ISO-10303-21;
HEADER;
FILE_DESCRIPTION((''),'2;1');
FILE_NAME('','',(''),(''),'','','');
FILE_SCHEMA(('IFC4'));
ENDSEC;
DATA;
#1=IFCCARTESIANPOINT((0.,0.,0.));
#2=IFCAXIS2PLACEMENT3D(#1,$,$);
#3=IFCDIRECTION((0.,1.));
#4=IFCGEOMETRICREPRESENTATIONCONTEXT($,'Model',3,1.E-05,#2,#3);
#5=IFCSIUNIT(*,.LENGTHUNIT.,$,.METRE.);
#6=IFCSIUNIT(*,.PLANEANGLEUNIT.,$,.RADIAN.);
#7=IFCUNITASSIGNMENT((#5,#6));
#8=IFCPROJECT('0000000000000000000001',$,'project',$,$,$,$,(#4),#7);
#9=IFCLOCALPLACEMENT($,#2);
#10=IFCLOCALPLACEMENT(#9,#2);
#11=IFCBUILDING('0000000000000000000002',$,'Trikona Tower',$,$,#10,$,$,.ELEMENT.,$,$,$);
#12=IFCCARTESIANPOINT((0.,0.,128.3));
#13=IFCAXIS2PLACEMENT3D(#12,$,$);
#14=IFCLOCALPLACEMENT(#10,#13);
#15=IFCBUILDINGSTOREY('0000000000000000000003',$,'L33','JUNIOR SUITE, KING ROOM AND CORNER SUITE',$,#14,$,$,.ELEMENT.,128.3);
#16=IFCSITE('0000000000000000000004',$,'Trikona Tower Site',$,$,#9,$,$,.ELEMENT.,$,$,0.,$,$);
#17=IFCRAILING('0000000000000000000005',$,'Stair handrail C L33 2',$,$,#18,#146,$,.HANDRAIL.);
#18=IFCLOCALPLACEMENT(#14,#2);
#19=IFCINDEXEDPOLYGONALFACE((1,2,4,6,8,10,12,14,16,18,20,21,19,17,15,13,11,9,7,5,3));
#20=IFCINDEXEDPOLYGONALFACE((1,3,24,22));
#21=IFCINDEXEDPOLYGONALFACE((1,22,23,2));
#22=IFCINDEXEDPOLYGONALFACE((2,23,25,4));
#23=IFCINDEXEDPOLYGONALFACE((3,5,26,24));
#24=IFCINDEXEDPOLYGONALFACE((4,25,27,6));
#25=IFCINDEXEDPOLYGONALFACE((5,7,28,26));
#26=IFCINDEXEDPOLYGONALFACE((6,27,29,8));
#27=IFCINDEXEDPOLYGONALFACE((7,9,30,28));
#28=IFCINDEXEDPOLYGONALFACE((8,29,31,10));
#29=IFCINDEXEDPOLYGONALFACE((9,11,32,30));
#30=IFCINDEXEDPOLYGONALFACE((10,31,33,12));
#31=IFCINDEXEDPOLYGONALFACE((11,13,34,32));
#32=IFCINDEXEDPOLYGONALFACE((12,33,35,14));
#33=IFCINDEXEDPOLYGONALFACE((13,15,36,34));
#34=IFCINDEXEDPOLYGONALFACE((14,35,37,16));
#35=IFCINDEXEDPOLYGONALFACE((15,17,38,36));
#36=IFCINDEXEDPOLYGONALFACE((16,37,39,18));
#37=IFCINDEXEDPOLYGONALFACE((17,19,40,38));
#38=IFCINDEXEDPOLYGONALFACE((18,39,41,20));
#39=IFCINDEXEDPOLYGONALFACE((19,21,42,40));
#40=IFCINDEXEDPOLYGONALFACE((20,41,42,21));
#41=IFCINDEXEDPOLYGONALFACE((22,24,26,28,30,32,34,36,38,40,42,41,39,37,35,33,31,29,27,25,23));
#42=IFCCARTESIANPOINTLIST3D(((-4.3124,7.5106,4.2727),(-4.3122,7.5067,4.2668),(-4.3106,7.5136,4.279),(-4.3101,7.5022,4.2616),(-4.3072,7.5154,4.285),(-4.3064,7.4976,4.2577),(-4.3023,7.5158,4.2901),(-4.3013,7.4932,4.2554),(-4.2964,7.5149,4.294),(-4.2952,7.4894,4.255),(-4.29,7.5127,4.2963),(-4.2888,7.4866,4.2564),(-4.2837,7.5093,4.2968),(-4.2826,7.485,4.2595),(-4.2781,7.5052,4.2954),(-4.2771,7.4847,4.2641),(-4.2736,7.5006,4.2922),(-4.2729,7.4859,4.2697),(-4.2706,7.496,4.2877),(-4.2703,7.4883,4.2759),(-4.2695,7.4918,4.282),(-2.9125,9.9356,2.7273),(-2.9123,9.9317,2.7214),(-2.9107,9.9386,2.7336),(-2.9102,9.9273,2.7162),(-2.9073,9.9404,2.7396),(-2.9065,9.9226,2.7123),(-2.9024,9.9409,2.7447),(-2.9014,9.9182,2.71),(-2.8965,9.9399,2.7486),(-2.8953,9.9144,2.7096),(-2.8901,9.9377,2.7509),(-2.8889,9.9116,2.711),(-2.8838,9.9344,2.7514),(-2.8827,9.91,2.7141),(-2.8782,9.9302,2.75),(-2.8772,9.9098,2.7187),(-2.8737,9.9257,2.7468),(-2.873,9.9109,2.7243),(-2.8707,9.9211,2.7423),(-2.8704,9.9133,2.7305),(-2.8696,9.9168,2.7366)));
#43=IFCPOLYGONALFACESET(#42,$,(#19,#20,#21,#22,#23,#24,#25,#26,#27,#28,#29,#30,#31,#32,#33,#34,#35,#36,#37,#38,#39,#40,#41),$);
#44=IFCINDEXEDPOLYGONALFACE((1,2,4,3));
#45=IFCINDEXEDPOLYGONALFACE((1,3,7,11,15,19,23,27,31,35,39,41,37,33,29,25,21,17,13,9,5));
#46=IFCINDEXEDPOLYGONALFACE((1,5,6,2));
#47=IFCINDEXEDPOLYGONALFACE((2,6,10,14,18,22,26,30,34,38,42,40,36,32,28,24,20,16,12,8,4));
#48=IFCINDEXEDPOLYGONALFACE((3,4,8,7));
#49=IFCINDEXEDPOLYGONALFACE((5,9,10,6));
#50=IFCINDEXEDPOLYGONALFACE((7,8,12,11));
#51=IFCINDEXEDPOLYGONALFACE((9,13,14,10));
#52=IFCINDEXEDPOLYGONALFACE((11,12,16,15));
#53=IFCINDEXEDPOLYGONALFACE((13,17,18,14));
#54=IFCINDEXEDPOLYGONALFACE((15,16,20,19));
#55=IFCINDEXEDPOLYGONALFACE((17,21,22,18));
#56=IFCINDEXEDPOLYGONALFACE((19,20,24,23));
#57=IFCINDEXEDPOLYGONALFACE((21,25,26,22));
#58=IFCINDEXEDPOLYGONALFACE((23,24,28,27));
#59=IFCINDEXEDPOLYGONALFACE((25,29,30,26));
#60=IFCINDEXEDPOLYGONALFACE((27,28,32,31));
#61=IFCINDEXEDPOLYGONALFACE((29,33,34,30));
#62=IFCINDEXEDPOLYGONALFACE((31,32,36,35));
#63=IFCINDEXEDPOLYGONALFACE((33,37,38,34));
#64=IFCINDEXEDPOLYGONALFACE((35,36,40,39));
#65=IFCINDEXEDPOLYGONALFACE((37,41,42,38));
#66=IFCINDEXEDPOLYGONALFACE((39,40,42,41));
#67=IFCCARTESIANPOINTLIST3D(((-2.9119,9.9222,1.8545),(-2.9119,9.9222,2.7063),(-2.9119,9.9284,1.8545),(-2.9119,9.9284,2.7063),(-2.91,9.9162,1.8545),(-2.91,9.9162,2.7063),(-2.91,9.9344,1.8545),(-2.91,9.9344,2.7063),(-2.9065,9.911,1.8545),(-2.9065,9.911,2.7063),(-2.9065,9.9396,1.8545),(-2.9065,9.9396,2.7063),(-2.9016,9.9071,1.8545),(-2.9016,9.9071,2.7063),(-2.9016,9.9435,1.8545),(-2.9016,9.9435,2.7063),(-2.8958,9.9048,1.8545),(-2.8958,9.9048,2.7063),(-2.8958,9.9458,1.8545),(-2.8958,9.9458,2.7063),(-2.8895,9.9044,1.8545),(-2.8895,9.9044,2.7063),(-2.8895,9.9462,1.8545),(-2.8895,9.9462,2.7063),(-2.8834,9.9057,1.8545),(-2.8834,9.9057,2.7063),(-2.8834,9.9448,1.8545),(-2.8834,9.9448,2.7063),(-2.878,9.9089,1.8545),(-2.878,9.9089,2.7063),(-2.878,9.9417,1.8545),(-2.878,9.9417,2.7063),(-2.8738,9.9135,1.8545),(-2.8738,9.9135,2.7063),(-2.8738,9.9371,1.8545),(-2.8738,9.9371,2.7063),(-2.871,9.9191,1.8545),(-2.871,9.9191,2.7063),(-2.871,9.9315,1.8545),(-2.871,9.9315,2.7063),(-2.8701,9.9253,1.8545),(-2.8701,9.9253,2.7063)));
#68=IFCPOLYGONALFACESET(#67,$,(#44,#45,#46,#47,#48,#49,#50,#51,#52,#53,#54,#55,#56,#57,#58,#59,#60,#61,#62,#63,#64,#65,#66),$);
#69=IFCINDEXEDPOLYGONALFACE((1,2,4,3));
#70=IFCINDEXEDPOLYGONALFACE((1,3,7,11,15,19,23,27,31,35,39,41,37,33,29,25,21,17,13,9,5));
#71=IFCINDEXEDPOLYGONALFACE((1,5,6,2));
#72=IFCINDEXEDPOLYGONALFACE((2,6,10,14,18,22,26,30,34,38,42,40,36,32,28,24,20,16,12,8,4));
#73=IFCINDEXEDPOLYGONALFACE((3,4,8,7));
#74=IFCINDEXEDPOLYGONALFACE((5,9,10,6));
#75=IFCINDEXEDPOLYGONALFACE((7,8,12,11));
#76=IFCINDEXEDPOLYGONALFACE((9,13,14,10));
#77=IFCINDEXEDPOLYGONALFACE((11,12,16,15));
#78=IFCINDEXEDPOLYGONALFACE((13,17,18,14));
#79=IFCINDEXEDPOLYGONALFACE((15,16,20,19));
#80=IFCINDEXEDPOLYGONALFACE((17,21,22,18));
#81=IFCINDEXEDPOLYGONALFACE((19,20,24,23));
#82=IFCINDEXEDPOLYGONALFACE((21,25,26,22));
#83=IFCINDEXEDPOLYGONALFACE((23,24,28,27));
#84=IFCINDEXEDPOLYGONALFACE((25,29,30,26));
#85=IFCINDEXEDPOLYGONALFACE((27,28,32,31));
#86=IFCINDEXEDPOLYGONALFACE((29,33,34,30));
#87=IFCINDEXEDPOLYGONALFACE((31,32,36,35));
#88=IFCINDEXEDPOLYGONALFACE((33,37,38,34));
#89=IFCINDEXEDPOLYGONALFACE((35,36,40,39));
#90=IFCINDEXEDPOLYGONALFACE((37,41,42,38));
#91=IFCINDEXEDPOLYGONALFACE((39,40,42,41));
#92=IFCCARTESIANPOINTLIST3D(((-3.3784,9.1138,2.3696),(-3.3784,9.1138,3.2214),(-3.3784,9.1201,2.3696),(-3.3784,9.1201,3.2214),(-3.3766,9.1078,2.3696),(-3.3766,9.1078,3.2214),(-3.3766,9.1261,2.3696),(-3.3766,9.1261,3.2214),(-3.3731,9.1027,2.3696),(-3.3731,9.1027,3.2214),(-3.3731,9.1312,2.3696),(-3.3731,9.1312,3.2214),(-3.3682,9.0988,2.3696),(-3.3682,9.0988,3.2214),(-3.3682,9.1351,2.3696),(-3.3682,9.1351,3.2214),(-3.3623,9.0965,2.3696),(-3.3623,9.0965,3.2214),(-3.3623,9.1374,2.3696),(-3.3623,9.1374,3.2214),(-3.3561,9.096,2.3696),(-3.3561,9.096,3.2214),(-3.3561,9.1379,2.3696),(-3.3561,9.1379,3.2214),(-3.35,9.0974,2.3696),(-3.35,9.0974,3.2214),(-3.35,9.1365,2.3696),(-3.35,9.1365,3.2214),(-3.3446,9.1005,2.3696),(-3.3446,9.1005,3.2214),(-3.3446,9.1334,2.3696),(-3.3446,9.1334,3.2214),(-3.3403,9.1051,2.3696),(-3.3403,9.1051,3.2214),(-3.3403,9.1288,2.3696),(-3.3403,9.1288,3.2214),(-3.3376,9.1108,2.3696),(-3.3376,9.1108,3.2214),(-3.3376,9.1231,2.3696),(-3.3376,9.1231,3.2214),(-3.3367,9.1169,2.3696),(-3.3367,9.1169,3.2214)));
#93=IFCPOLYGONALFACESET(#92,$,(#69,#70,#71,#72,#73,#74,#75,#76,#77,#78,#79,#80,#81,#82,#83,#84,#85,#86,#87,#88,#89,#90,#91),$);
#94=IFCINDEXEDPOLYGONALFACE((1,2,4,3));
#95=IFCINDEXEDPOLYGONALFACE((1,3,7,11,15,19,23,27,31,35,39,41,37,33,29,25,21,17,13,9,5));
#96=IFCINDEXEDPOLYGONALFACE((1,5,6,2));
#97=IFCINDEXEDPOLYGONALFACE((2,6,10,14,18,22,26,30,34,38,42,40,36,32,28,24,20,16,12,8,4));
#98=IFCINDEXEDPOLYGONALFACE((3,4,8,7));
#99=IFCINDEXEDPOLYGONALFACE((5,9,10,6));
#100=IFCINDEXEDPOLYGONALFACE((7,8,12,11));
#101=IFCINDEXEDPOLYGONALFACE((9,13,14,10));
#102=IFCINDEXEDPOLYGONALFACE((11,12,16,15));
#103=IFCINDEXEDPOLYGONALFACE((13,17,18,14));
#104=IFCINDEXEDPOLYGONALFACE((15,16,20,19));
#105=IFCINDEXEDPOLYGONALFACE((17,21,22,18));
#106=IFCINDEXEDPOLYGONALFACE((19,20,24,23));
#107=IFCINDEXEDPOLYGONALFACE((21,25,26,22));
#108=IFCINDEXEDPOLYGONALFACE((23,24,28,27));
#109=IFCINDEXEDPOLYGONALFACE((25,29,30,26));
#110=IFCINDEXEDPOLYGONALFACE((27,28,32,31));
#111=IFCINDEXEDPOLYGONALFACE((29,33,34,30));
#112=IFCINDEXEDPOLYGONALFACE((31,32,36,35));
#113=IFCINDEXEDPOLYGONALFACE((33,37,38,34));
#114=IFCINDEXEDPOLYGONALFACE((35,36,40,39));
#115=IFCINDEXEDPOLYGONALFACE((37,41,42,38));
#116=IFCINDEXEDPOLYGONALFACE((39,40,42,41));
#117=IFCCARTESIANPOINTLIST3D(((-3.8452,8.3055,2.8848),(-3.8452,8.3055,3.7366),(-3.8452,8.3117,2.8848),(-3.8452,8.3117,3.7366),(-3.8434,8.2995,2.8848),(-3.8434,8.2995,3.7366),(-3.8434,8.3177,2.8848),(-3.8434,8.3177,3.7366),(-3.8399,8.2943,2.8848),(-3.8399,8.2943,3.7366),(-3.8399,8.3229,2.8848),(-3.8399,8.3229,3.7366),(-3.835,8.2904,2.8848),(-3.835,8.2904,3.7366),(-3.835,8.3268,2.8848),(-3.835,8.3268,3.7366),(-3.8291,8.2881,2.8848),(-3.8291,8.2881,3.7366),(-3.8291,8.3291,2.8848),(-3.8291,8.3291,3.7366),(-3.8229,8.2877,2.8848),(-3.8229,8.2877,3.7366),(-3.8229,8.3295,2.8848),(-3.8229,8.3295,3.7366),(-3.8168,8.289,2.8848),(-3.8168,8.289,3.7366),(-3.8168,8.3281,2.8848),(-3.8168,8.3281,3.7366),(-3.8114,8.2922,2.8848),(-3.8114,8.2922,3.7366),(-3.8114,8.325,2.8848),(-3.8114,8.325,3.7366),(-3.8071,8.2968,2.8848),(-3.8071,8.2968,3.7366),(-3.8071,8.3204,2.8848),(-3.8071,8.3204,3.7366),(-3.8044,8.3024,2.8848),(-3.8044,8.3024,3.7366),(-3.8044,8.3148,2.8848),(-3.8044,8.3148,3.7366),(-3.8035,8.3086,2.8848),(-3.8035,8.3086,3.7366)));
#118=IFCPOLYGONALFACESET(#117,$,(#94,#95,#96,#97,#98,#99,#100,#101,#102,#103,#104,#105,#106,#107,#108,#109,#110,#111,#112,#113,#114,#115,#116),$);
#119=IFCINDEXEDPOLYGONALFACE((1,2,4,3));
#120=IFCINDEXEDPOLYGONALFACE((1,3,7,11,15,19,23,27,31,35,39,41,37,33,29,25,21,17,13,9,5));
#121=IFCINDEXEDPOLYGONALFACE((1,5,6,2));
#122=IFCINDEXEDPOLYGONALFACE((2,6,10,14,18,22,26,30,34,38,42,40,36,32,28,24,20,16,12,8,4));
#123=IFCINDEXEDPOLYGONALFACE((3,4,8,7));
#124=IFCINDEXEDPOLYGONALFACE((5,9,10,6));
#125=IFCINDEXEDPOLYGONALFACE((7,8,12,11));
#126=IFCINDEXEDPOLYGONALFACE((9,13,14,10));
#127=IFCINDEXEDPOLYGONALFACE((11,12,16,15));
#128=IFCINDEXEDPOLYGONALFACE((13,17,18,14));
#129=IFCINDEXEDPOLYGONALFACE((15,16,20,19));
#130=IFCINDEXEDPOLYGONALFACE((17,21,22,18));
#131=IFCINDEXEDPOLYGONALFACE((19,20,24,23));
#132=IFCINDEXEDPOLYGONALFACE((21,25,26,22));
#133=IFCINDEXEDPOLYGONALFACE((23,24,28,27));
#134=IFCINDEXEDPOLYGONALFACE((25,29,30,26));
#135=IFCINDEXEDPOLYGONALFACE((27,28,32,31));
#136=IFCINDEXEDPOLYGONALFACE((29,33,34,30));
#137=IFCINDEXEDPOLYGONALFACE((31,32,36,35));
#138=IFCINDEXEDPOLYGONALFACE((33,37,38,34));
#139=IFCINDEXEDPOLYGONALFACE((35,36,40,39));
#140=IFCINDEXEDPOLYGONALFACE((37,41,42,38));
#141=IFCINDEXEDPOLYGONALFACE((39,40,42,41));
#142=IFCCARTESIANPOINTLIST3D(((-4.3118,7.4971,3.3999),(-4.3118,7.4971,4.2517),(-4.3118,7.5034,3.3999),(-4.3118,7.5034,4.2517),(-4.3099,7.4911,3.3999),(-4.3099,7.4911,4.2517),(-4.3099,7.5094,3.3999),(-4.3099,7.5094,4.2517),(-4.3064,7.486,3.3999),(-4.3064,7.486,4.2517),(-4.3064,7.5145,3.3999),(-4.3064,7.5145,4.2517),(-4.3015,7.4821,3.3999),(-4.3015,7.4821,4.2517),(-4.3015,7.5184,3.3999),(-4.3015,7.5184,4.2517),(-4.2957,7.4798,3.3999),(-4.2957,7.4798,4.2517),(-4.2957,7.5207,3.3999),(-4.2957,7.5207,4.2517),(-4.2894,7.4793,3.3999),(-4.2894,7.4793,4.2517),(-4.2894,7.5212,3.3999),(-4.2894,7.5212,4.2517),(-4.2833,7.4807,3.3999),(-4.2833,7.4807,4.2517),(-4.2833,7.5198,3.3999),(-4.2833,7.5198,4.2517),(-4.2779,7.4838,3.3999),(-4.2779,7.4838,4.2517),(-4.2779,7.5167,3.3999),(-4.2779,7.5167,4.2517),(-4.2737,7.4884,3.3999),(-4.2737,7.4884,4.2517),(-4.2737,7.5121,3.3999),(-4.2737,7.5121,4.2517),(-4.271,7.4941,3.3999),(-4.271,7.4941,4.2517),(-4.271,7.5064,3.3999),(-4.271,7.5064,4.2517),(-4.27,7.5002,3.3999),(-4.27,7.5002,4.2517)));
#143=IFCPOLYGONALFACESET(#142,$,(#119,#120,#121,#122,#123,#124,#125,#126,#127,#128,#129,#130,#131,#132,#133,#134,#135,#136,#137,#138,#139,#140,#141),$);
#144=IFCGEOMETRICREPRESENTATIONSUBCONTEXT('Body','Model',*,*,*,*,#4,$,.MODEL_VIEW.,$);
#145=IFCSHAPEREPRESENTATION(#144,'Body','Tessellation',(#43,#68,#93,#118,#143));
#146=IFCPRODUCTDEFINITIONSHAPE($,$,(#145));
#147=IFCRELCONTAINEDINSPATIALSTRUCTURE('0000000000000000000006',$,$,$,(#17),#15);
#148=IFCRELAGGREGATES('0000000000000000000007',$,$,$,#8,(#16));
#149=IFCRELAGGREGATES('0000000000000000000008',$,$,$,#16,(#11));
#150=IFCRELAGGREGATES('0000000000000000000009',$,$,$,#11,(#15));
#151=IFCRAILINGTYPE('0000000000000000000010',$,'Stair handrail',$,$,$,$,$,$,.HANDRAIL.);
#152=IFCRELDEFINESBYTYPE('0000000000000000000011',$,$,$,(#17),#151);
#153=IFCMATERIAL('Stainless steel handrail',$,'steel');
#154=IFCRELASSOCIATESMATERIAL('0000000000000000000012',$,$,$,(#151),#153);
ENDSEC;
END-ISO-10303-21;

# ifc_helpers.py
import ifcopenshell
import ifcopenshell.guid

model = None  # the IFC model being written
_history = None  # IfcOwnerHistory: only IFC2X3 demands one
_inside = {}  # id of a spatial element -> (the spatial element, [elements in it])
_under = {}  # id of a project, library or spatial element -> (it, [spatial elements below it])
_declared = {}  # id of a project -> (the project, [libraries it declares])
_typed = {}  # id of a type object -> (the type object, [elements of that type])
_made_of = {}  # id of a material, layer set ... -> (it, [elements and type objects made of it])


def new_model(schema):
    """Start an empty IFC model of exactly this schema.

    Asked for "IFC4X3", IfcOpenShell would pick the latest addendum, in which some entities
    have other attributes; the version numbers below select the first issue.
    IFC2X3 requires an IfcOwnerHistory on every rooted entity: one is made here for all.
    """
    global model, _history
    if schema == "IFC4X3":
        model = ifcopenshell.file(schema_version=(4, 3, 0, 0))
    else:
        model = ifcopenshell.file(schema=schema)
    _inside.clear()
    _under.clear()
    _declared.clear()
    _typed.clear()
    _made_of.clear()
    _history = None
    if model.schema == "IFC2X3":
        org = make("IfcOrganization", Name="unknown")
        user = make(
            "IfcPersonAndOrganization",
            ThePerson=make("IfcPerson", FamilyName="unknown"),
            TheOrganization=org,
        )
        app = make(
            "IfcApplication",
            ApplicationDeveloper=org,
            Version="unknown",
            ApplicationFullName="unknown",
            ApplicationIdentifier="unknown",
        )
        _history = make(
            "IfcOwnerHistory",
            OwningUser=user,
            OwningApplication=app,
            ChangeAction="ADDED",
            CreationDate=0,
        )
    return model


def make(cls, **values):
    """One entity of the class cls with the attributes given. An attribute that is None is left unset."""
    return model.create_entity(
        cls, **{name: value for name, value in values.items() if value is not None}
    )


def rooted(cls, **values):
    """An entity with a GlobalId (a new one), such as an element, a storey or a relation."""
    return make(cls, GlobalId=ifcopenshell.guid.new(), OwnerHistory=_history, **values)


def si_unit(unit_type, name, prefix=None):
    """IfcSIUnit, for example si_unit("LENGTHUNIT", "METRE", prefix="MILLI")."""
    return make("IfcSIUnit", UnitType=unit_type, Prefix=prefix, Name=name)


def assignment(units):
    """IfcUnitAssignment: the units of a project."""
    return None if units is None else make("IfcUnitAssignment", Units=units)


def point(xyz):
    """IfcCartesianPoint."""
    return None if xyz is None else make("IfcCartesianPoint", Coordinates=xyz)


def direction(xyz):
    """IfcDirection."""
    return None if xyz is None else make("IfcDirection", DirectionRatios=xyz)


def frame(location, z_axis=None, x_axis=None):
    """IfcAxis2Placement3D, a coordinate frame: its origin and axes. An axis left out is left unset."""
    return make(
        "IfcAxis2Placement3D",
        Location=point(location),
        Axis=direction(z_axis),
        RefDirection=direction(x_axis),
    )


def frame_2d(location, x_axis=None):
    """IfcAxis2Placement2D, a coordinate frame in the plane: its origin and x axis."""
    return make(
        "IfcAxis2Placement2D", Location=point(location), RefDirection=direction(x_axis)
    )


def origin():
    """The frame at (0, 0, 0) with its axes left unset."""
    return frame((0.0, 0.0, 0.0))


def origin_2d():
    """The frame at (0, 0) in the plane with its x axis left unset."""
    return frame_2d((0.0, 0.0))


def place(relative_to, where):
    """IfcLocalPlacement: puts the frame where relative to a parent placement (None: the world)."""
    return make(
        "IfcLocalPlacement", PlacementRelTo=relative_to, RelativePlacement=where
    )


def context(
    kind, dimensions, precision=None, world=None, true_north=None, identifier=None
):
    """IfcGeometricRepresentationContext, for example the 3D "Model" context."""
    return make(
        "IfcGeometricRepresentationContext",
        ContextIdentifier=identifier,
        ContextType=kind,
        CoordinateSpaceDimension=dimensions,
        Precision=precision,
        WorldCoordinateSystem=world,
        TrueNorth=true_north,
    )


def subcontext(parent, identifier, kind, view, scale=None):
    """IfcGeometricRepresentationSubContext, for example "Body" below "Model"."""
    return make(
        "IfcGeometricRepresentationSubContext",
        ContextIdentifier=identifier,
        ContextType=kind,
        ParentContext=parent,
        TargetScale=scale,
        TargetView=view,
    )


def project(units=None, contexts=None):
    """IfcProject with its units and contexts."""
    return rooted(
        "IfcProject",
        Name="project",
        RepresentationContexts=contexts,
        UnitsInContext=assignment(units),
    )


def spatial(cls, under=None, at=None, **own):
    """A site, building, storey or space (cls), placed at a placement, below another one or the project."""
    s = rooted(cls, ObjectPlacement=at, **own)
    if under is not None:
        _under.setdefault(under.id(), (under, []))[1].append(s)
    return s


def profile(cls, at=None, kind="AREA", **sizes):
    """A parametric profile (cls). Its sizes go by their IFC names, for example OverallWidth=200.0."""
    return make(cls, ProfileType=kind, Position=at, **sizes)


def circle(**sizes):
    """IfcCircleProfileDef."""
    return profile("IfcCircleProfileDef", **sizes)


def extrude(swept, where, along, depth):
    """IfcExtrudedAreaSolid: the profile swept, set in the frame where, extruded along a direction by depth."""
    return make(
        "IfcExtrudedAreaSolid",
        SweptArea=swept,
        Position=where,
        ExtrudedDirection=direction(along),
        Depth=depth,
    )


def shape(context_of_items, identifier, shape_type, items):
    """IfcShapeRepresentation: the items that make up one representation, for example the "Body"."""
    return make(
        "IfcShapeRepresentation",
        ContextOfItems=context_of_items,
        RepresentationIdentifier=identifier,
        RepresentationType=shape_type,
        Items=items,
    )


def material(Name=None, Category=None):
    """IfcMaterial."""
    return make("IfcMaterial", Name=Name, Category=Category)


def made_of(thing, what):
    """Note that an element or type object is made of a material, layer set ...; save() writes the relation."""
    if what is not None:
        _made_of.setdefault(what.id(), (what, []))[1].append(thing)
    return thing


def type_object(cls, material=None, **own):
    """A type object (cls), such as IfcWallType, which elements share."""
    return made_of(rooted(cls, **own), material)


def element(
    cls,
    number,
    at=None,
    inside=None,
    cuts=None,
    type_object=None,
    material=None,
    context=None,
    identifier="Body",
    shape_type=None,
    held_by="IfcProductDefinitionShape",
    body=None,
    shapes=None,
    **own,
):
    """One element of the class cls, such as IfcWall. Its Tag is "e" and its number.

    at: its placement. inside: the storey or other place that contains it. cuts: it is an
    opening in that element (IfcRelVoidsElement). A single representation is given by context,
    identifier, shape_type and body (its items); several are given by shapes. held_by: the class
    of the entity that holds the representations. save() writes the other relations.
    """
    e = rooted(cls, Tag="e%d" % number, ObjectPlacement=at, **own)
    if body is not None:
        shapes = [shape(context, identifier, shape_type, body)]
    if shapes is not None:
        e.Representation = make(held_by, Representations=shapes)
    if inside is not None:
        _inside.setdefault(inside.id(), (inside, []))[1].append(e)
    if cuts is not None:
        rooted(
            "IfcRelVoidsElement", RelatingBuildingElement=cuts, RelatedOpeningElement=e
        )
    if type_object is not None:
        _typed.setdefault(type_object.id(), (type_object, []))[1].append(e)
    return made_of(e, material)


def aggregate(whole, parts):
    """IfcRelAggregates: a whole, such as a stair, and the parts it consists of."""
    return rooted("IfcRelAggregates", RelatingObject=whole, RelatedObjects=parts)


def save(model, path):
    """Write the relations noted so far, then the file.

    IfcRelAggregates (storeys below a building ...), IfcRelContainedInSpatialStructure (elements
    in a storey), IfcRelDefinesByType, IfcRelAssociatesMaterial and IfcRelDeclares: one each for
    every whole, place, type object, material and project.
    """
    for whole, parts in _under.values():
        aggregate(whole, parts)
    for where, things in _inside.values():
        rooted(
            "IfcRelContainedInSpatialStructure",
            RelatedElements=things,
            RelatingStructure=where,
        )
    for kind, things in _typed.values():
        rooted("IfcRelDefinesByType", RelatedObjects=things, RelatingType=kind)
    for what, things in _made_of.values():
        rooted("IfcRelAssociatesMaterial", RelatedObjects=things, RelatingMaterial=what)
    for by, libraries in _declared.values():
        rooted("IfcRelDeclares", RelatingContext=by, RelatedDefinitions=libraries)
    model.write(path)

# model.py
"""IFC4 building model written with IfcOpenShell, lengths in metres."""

from ifc_helpers import new_model, si_unit, direction, frame, origin, origin_2d, place, context, subcontext, project, spatial, circle, extrude, material, type_object, element, save


model = new_model("IFC4")

# Units and contexts
model_context = context("Model", 3, precision=1e-05, world=origin(), true_north=direction((0.0, 1.0)))
body_context = subcontext(model_context, "Body", "Model", "MODEL_VIEW")
ifc_project = project(units=[si_unit("LENGTHUNIT", "METRE"), si_unit("PLANEANGLEUNIT", "RADIAN")], contexts=[model_context])

# Site, building, storey
site_placement = place(None, origin())
site = spatial("IfcSite", under=ifc_project, at=site_placement, Name="Trikona Tower Site", CompositionType="ELEMENT", RefElevation=0.0)
building_placement = place(site_placement, origin())
building = spatial("IfcBuilding", under=site, at=building_placement, Name="Trikona Tower", CompositionType="ELEMENT")
storey_placement = place(building_placement, frame((0.0, 0.0, 128.3)))
storey = spatial("IfcBuildingStorey", under=building, at=storey_placement, Name="L33", Description="JUNIOR SUITE, KING ROOM AND CORNER SUITE", CompositionType="ELEMENT", Elevation=128.3)

# Railing
ifc_material_1 = material(Name="Stainless steel handrail", Category="steel")
railing_type = type_object("IfcRailingType", Name="Stair handrail", PredefinedType="HANDRAIL", material=ifc_material_1)
railing_1_placement = place(storey_placement, frame((-2.8911, 9.9253, 1.8545)))
element("IfcRailing", 1, at=railing_1_placement, inside=storey, type_object=railing_type, Name="Stair handrail C L33 2", PredefinedType="HANDRAIL", context=body_context, shape_type="SweptSolid", body=[
    extrude(circle(Radius=0.0239, at=origin_2d()), frame((0.0, 0.0, 0.876), z_axis=(-0.437707, -0.75824, 0.483203), x_axis=(0.866056, -0.499946, 0.0)), (0.0, 0.0, 1.0), 3.1982),
    extrude(circle(Radius=0.021, at=origin_2d()), origin(), (0.0, 0.0, 1.0), 0.8518),
    extrude(circle(Radius=0.021, at=origin_2d()), frame((-0.4666, -0.8083, 0.5151)), (0.0, 0.0, 1.0), 0.8518),
    extrude(circle(Radius=0.021, at=origin_2d()), frame((-0.9333, -1.6167, 1.0303)), (0.0, 0.0, 1.0), 0.8518),
    extrude(circle(Radius=0.021, at=origin_2d()), frame((-1.3999, -2.425, 1.5454)), (0.0, 0.0, 1.0), 0.8518),
])

save(model, "model.ifc")
